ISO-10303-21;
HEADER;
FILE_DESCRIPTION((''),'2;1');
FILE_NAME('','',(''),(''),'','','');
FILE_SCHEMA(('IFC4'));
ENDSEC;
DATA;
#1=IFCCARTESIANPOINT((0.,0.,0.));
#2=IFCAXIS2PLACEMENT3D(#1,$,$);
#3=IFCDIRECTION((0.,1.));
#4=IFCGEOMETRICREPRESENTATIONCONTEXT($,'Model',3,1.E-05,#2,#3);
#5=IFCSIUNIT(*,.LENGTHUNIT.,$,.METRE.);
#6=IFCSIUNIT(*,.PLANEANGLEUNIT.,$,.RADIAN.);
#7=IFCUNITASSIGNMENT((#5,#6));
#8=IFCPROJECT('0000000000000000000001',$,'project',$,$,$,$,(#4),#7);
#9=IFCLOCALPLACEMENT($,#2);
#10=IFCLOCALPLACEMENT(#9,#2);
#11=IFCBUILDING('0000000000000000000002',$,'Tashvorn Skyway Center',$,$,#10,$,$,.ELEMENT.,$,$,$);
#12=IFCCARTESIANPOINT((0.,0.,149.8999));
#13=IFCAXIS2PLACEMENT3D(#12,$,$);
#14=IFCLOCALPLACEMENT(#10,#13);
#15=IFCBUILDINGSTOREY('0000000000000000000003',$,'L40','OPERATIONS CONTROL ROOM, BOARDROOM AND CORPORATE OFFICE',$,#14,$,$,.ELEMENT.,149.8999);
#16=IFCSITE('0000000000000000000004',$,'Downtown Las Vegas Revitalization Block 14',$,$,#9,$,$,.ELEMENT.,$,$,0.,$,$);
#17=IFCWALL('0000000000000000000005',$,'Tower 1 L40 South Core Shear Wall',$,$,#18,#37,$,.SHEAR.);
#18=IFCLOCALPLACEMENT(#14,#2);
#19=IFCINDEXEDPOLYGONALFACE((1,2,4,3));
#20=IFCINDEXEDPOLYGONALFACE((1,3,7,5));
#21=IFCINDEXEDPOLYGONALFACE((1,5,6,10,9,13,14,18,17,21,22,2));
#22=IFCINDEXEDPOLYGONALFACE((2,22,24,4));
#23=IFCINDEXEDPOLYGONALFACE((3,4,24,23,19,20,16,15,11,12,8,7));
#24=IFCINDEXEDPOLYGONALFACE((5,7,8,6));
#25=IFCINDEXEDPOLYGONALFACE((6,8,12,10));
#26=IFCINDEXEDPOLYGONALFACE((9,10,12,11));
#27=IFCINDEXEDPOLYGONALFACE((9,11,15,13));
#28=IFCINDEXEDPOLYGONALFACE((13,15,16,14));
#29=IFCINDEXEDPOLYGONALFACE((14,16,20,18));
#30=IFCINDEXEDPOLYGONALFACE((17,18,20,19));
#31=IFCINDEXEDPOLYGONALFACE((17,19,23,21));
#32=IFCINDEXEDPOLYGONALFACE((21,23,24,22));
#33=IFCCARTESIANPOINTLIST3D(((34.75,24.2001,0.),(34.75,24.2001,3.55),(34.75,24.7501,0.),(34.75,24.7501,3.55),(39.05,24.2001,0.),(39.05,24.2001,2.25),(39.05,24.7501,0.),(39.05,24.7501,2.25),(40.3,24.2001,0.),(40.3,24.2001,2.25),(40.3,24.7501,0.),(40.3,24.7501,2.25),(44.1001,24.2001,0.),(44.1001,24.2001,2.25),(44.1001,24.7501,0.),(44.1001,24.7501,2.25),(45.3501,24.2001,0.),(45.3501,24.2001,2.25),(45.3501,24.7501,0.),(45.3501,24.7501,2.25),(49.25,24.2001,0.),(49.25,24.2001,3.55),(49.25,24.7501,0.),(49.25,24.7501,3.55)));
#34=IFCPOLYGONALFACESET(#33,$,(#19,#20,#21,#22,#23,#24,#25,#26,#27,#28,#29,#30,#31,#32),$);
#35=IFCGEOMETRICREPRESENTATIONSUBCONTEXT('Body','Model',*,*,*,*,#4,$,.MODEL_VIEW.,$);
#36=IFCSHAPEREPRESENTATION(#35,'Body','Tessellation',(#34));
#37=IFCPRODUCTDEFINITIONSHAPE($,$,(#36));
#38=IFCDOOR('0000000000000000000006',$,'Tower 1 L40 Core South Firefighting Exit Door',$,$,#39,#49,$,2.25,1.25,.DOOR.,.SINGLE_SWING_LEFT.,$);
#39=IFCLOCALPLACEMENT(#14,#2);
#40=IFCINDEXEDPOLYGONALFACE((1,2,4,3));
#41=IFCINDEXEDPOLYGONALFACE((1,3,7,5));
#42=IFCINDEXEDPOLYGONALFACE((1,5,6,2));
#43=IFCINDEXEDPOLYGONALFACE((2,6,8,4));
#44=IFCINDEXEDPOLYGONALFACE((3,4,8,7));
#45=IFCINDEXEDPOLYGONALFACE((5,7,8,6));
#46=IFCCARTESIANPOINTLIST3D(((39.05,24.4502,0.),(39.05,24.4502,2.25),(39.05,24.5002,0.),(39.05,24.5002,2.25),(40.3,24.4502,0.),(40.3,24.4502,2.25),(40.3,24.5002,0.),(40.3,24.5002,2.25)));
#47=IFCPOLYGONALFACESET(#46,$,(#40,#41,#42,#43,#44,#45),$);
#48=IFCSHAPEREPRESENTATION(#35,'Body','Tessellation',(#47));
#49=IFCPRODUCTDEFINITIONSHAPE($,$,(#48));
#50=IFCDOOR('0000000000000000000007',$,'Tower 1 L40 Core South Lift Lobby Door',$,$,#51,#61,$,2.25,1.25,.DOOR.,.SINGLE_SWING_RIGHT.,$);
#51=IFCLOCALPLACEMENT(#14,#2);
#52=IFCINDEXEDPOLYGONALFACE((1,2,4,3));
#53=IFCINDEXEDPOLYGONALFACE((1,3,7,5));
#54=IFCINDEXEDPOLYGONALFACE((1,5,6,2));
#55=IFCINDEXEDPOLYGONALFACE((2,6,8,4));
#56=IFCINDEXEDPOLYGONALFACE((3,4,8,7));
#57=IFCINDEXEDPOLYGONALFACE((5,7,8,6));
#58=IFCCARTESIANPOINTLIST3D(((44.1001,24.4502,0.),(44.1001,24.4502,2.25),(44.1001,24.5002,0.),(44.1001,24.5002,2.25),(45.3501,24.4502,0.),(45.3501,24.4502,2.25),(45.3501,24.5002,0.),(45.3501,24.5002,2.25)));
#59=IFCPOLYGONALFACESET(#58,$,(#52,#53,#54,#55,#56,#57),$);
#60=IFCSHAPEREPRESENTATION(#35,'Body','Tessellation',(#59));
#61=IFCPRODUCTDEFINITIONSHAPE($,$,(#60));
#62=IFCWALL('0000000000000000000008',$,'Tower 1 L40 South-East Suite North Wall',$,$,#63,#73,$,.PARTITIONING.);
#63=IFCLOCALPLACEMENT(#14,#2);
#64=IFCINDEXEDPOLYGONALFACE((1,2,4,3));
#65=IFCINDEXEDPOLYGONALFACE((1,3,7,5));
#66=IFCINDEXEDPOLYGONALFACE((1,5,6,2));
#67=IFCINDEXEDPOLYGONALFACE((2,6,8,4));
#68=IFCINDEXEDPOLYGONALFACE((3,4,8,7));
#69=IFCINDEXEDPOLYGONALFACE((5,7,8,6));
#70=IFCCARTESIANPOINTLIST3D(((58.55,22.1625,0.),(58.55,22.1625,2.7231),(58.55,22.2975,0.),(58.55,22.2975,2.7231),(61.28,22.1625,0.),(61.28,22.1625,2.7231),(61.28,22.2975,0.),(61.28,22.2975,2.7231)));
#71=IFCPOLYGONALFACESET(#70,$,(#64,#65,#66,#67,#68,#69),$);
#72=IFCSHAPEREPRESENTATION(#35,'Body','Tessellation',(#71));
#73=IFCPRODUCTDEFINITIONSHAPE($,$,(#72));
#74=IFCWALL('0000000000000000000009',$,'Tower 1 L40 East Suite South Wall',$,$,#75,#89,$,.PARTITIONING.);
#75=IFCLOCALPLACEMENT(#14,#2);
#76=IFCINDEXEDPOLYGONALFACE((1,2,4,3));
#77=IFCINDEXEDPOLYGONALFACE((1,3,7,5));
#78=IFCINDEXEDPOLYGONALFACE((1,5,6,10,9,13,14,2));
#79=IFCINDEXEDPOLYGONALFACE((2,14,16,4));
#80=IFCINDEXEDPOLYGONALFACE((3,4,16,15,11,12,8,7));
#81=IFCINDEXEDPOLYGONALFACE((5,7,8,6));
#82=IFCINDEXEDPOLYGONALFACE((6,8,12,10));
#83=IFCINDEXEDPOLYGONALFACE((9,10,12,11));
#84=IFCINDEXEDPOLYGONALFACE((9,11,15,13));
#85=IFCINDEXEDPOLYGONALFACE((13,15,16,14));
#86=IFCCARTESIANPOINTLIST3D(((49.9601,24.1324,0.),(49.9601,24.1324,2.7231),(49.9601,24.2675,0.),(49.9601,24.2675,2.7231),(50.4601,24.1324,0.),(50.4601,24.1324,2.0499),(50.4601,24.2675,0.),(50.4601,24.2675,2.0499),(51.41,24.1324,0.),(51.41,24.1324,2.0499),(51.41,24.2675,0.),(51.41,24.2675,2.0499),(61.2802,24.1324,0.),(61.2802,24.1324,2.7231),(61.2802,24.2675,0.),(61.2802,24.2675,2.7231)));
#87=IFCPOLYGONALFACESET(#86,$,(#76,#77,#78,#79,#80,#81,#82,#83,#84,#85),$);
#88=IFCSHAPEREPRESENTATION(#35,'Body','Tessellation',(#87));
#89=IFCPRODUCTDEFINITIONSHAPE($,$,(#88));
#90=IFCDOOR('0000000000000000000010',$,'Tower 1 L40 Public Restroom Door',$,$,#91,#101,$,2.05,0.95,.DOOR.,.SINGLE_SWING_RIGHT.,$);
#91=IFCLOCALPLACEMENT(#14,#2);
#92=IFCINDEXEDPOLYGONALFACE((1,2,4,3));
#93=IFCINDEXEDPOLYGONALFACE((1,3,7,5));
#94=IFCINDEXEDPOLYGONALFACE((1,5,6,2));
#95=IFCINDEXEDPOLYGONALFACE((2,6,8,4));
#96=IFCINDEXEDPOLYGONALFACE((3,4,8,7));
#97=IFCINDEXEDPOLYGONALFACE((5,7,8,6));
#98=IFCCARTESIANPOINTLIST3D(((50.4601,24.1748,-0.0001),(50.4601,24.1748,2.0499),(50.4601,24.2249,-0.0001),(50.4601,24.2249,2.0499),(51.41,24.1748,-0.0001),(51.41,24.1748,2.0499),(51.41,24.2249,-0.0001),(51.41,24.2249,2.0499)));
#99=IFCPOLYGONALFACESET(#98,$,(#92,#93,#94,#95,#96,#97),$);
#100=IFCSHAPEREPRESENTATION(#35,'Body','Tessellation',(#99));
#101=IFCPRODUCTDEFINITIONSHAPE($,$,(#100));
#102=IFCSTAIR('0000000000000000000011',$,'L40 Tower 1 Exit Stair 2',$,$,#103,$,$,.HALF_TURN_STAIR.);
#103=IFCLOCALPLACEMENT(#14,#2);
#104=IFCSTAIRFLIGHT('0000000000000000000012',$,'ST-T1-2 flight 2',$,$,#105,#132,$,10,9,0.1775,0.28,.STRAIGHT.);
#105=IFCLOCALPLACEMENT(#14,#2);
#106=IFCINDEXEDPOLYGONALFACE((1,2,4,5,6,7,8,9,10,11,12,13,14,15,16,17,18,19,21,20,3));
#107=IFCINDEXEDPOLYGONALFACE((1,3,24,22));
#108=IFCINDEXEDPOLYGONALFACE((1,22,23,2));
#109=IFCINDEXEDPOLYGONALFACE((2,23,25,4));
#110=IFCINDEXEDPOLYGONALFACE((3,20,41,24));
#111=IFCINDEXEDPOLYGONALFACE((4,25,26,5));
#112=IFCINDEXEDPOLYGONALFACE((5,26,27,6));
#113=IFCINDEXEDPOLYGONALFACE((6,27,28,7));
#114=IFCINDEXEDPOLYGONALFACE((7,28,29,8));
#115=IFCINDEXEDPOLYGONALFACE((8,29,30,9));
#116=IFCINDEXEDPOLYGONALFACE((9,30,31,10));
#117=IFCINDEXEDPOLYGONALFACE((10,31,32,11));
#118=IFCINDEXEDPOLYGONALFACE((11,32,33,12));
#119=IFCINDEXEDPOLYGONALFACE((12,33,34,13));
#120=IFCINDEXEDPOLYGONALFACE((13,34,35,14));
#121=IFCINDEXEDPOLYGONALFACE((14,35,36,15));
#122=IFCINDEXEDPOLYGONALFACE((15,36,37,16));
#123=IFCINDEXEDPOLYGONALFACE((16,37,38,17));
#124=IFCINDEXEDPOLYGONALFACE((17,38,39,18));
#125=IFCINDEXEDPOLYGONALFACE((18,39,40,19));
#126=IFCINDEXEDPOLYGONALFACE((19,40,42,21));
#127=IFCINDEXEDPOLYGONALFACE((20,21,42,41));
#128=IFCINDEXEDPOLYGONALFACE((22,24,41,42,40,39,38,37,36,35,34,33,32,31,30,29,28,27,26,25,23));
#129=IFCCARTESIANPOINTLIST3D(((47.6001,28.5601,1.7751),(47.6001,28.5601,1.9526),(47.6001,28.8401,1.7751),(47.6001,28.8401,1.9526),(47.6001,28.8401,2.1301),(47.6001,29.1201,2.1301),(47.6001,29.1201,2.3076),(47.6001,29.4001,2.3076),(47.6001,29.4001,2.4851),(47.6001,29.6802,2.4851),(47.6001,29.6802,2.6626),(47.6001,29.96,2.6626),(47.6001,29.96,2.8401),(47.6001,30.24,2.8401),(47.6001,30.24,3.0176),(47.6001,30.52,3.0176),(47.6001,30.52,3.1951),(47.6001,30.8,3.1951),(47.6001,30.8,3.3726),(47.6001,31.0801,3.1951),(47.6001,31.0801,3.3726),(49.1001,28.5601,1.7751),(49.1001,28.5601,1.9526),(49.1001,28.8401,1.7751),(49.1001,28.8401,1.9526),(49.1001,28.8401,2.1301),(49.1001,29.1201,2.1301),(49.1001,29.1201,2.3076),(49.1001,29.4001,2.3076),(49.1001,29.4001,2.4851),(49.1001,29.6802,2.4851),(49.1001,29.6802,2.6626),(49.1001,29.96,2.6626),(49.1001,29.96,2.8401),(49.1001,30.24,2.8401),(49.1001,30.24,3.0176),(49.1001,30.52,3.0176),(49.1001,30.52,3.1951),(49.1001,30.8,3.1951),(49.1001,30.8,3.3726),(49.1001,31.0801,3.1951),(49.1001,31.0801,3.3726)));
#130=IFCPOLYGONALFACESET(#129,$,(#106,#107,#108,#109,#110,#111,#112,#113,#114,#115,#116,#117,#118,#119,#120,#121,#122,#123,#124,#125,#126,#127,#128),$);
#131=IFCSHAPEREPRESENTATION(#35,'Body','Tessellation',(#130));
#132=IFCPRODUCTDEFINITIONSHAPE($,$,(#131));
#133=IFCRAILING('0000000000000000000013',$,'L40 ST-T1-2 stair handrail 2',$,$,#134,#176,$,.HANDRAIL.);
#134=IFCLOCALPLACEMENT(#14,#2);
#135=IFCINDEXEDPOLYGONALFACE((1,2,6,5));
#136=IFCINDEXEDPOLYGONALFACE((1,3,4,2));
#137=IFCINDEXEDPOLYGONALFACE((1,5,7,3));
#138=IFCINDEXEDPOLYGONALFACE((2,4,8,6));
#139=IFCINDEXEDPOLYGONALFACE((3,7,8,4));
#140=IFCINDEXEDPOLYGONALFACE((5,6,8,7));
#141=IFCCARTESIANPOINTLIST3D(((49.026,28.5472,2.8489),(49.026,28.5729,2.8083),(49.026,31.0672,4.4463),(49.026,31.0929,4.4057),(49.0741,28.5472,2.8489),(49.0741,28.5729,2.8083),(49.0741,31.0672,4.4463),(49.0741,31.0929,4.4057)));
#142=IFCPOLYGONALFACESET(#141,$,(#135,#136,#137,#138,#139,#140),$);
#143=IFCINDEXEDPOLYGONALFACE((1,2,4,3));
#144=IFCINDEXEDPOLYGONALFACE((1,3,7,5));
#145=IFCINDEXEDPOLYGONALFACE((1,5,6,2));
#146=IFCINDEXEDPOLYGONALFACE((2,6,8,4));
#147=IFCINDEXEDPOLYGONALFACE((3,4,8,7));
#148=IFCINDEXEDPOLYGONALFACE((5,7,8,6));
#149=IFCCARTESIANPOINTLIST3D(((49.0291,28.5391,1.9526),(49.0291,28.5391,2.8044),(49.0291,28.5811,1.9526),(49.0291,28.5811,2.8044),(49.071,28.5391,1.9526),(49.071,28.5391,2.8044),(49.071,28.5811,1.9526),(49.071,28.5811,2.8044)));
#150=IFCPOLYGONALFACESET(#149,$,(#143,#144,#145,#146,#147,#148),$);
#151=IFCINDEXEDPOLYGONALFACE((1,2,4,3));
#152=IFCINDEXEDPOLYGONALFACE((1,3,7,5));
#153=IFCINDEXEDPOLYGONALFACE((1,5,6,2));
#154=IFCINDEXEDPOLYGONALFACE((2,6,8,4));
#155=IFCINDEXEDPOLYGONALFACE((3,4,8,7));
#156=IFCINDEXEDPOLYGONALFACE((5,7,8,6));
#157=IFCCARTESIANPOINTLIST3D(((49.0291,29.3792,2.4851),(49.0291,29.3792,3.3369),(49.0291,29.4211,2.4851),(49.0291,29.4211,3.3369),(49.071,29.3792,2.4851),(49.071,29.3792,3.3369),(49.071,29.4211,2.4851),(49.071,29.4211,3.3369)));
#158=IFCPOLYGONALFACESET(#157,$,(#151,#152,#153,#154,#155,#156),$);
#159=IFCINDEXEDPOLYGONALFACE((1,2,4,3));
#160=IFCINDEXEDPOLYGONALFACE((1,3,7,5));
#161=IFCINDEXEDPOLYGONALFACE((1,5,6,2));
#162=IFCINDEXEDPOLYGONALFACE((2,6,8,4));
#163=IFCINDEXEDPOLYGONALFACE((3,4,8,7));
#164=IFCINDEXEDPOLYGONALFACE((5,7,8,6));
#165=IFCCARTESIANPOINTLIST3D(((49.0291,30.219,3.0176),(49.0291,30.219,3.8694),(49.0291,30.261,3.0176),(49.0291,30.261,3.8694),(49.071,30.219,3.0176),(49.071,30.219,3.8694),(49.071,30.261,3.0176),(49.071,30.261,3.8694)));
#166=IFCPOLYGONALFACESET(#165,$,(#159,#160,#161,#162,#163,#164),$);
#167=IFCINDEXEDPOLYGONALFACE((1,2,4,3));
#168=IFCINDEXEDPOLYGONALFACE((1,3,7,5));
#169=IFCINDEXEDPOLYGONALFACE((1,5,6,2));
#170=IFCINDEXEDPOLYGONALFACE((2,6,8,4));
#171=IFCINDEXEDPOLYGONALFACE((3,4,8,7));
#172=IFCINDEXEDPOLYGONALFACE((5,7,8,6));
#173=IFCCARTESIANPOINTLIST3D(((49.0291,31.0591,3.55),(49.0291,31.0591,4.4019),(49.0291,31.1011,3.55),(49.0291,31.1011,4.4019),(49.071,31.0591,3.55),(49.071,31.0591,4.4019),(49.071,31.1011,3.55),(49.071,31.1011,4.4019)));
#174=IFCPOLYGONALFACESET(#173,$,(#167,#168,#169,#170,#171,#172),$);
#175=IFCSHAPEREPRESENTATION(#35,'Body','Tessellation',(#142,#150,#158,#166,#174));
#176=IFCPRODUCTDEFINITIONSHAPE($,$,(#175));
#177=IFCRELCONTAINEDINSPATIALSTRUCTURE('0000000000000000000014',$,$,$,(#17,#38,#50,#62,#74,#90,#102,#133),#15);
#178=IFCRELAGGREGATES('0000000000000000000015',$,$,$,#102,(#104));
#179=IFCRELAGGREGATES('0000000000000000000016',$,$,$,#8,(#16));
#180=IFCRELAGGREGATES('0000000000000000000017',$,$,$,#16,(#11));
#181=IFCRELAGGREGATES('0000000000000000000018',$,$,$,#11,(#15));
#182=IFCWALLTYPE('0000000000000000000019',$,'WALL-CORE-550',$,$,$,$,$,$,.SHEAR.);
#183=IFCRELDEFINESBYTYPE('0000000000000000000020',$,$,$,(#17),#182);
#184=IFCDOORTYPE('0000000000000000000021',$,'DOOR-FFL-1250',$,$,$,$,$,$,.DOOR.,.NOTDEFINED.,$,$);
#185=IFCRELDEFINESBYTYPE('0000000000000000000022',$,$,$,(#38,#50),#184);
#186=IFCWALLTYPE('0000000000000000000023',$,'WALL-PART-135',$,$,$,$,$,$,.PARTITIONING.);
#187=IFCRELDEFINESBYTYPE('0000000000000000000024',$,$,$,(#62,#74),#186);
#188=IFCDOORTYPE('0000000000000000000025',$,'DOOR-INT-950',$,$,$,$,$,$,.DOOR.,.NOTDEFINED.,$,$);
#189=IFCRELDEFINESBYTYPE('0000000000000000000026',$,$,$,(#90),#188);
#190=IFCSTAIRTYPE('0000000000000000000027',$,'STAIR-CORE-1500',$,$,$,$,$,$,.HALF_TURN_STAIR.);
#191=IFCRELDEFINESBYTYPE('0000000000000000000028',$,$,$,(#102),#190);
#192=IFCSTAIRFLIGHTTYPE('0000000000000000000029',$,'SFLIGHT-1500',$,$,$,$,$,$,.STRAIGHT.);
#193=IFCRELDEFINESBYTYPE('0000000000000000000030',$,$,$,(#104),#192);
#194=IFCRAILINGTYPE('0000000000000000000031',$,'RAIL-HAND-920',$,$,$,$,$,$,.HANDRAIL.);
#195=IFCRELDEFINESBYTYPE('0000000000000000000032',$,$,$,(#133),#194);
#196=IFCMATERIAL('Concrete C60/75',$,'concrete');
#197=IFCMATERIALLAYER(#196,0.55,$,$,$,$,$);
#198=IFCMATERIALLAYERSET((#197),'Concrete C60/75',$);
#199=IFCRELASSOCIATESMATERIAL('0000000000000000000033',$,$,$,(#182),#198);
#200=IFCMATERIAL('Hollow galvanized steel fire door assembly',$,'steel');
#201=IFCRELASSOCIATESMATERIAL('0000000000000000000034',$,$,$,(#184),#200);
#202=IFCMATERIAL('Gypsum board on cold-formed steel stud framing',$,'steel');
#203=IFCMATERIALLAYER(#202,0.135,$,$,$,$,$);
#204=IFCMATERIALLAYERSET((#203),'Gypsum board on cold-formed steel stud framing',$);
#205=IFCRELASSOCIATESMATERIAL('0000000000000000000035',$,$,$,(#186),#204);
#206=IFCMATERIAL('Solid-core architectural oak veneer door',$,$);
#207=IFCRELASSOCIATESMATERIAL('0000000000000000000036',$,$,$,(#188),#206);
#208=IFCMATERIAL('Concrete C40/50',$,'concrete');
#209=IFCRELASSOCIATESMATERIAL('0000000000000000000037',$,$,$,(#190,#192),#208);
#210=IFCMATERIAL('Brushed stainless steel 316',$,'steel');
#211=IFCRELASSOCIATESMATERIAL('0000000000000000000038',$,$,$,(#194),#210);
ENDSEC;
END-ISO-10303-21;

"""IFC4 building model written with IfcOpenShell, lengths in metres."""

from ifc_helpers import new_model, si_unit, direction, frame, frame_2d, origin, origin_2d, place, context, subcontext, project, spatial, polyline, rectangle, outline, extrude, material, layer, layer_set, type_object, element, fill, aggregate, save


model = new_model("IFC4")

# Units and contexts
model_context = context("Model", 3, precision=1e-05, world=origin(), true_north=direction((0.0, 1.0)))
body_context = subcontext(model_context, "Body", "Model", "MODEL_VIEW")
ifc_project = project(units=[si_unit("LENGTHUNIT", "METRE"), si_unit("PLANEANGLEUNIT", "RADIAN")], contexts=[model_context])

# Site, building, storey
site_placement = place(None, origin())
site = spatial("IfcSite", under=ifc_project, at=site_placement, Name="Downtown Las Vegas Revitalization Block 14", CompositionType="ELEMENT", RefElevation=0.0)
building_placement = place(site_placement, origin())
building = spatial("IfcBuilding", under=site, at=building_placement, Name="Tashvorn Skyway Center", CompositionType="ELEMENT")
storey_placement = place(building_placement, frame((0.0, 0.0, 149.8999)))
storey = spatial("IfcBuildingStorey", under=building, at=storey_placement, Name="L40", Description="OPERATIONS CONTROL ROOM, BOARDROOM AND CORPORATE OFFICE", CompositionType="ELEMENT", Elevation=149.8999)

# Wall, openings, doors
ifc_material_1 = material(Name="Concrete C60/75", Category="concrete")
ifc_layer_1 = layer(ifc_material_1, 0.55)
ifc_layer_set_1 = layer_set([ifc_layer_1], Name="Concrete C60/75")
wall_type_1 = type_object("IfcWallType", Name="WALL-CORE-550", PredefinedType="SHEAR", material=ifc_layer_set_1)
wall_1_placement = place(storey_placement, frame((49.25, 24.4751, 0.0), z_axis=(0.0, 0.0, 1.0), x_axis=(-1.0, 0.0, 0.0)))
wall_1 = element("IfcWall", 1, at=wall_1_placement, inside=storey, type_object=wall_type_1, Name="Tower 1 L40 South Core Shear Wall", PredefinedType="SHEAR", context=body_context, shape_type="SweptSolid", body=[
    extrude(rectangle(XDim=14.5, YDim=0.55, at=frame_2d((7.25, 0.0))), origin(), (0.0, 0.0, 1.0), 3.55),
])
opening_1_placement = place(wall_1_placement, frame((8.95, 0.0, 0.0)))
opening_1 = element("IfcOpeningElement", 2, at=opening_1_placement, cuts=wall_1, PredefinedType="OPENING", context=body_context, shape_type="SweptSolid", body=[
    extrude(rectangle(XDim=1.25, YDim=2.25, at=frame_2d((0.625, 1.125))), frame((0.0, 0.2849, 0.0), z_axis=(0.0, -1.0, 0.0), x_axis=(1.0, 0.0, 0.0)), (0.0, 0.0, 1.0), 0.5701),
])
opening_2_placement = place(wall_1_placement, frame((3.8999, 0.0, 0.0)))
opening_2 = element("IfcOpeningElement", 3, at=opening_2_placement, cuts=wall_1, PredefinedType="OPENING", context=body_context, shape_type="SweptSolid", body=[
    extrude(rectangle(XDim=1.25, YDim=2.25, at=frame_2d((0.625, 1.125))), frame((0.0, 0.2849, 0.0), z_axis=(0.0, -1.0, 0.0), x_axis=(1.0, 0.0, 0.0)), (0.0, 0.0, 1.0), 0.5701),
])
ifc_material_2 = material(Name="Hollow galvanized steel fire door assembly", Category="steel")
door_type_1 = type_object("IfcDoorType", Name="DOOR-FFL-1250", OperationType="NOTDEFINED", PredefinedType="DOOR", material=ifc_material_2)
door_1_placement = place(opening_1_placement, origin())
door_1 = element("IfcDoor", 4, at=door_1_placement, inside=storey, type_object=door_type_1, Name="Tower 1 L40 Core South Firefighting Exit Door", OperationType="SINGLE_SWING_LEFT", OverallHeight=2.25, OverallWidth=1.25, PredefinedType="DOOR", context=body_context, shape_type="SweptSolid", body=[
    extrude(rectangle(XDim=1.25, YDim=2.25, at=frame_2d((0.625, 1.125))), frame((0.0, 0.0249, 0.0), z_axis=(0.0, -1.0, 0.0), x_axis=(1.0, 0.0, 0.0)), (0.0, 0.0, 1.0), 0.05),
])
fill(opening_1, door_1)
door_2_placement = place(opening_2_placement, origin())
door_2 = element("IfcDoor", 5, at=door_2_placement, inside=storey, type_object=door_type_1, Name="Tower 1 L40 Core South Lift Lobby Door", OperationType="SINGLE_SWING_RIGHT", OverallHeight=2.25, OverallWidth=1.25, PredefinedType="DOOR", context=body_context, shape_type="SweptSolid", body=[
    extrude(rectangle(XDim=1.25, YDim=2.25, at=frame_2d((0.625, 1.125))), frame((0.0, 0.0249, 0.0), z_axis=(0.0, -1.0, 0.0), x_axis=(1.0, 0.0, 0.0)), (0.0, 0.0, 1.0), 0.05),
])
fill(opening_2, door_2)

# Wall
ifc_material_3 = material(Name="Gypsum board on cold-formed steel stud framing", Category="steel")
ifc_layer_2 = layer(ifc_material_3, 0.135)
ifc_layer_set_2 = layer_set([ifc_layer_2], Name="Gypsum board on cold-formed steel stud framing")
wall_type_2 = type_object("IfcWallType", Name="WALL-PART-135", PredefinedType="PARTITIONING", material=ifc_layer_set_2)
wall_2_placement = place(storey_placement, frame((58.55, 22.23, 0.0), z_axis=(0.0, 0.0, 1.0), x_axis=(1.0, 0.0, 0.0)))
element("IfcWall", 6, at=wall_2_placement, inside=storey, type_object=wall_type_2, Name="Tower 1 L40 South-East Suite North Wall", PredefinedType="PARTITIONING", context=body_context, shape_type="SweptSolid", body=[
    extrude(rectangle(XDim=2.73, YDim=0.135, at=frame_2d((1.365, 0.0))), origin(), (0.0, 0.0, 1.0), 2.7231),
])

# Wall, opening, door
wall_3_placement = place(storey_placement, frame((49.96, 24.2, 0.0), z_axis=(0.0, 0.0, 1.0), x_axis=(1.0, 0.0, 0.0)))
wall_3 = element("IfcWall", 7, at=wall_3_placement, inside=storey, type_object=wall_type_2, Name="Tower 1 L40 East Suite South Wall", PredefinedType="PARTITIONING", context=body_context, shape_type="SweptSolid", body=[
    extrude(rectangle(XDim=11.3201, YDim=0.135, at=frame_2d((5.6602, 0.0))), origin(), (0.0, 0.0, 1.0), 2.7231),
])
opening_3_placement = place(wall_3_placement, frame((0.5, 0.0, 0.0)))
opening_3 = element("IfcOpeningElement", 8, at=opening_3_placement, cuts=wall_3, PredefinedType="OPENING", context=body_context, shape_type="SweptSolid", body=[
    extrude(rectangle(XDim=0.95, YDim=2.05, at=frame_2d((0.4751, 1.0249))), frame((0.0, 0.0774, 0.0), z_axis=(0.0, -1.0, 0.0), x_axis=(1.0, 0.0, 0.0)), (0.0, 0.0, 1.0), 0.155),
])
ifc_material_4 = material(Name="Solid-core architectural oak veneer door")
door_type_2 = type_object("IfcDoorType", Name="DOOR-INT-950", OperationType="NOTDEFINED", PredefinedType="DOOR", material=ifc_material_4)
door_3_placement = place(opening_3_placement, origin())
door_3 = element("IfcDoor", 9, at=door_3_placement, inside=storey, type_object=door_type_2, Name="Tower 1 L40 Public Restroom Door", OperationType="SINGLE_SWING_RIGHT", OverallHeight=2.05, OverallWidth=0.95, PredefinedType="DOOR", context=body_context, shape_type="SweptSolid", body=[
    extrude(rectangle(XDim=0.95, YDim=2.05, at=frame_2d((0.4751, 1.0249))), frame((0.0, 0.0249, 0.0), z_axis=(0.0, -1.0, 0.0), x_axis=(1.0, 0.0, 0.0)), (0.0, 0.0, 1.0), 0.05),
])
fill(opening_3, door_3)

# Stair, stair flight
ifc_material_5 = material(Name="Concrete C40/50", Category="concrete")
stair_type = type_object("IfcStairType", Name="STAIR-CORE-1500", PredefinedType="HALF_TURN_STAIR", material=ifc_material_5)
stair_placement = place(storey_placement, origin())
stair = element("IfcStair", 10, at=stair_placement, inside=storey, type_object=stair_type, Name="L40 Tower 1 Exit Stair 2", PredefinedType="HALF_TURN_STAIR")
stair_flight_type = type_object("IfcStairFlightType", Name="SFLIGHT-1500", PredefinedType="STRAIGHT", material=ifc_material_5)
stair_flight_placement = place(storey_placement, frame((48.3501, 28.5601, 1.7751), z_axis=(0.0, 0.0, 1.0), x_axis=(0.0, 1.0, 0.0)))
stair_flight = element("IfcStairFlight", 11, at=stair_flight_placement, type_object=stair_flight_type, Name="ST-T1-2 flight 2", NumberOfRisers=10, NumberOfTreads=9, PredefinedType="STRAIGHT", RiserHeight=0.1775, TreadLength=0.28, context=body_context, shape_type="SweptSolid", body=[
    extrude(outline(polyline([(0.0, 0.0), (0.0, 0.1775), (0.28, 0.1775), (0.28, 0.355), (0.5601, 0.355), (0.5601, 0.5325), (0.8401, 0.5325), (0.8401, 0.71), (1.1201, 0.71), (1.1201, 0.8875), (1.3999, 0.8875), (1.3999, 1.0649), (1.6799, 1.0649), (1.6799, 1.2424), (1.96, 1.2424), (1.96, 1.4199), (2.24, 1.4199), (2.24, 1.5974), (2.52, 1.5974), (2.52, 1.7749), (2.52, 1.4199), (0.28, 0.0), (0.0, 0.0)])), frame((0.0, 0.75, 0.0), z_axis=(0.0, -1.0, 0.0), x_axis=(1.0, 0.0, 0.0)), (0.0, 0.0, 1.0), 1.5),
])
aggregate(stair, [stair_flight])

# Railing
ifc_material_6 = material(Name="Brushed stainless steel 316", Category="steel")
railing_type_1 = type_object("IfcRailingType", Name="RAIL-HAND-920", PredefinedType="HANDRAIL", material=ifc_material_6)
railing_1_placement = place(storey_placement, frame((49.05, 28.5601, 1.9526)))
element("IfcRailing", 12, at=railing_1_placement, inside=storey, type_object=railing_type_1, Name="L40 ST-T1-2 stair handrail 2", PredefinedType="HANDRAIL", context=body_context, shape_type="SweptSolid", body=[
    extrude(rectangle(XDim=0.0481, YDim=0.0481, at=origin_2d()), frame((0.0, 0.0, 0.876), z_axis=(0.0, 0.844607, 0.535387), x_axis=(-1.0, 0.0, 0.0)), (0.0, 0.0, 1.0), 2.9836),
    extrude(rectangle(XDim=0.042, YDim=0.042, at=origin_2d()), origin(), (0.0, 0.0, 1.0), 0.8518),
    extrude(rectangle(XDim=0.042, YDim=0.042, at=origin_2d()), frame((0.0, 0.8401, 0.5325)), (0.0, 0.0, 1.0), 0.8518),
    extrude(rectangle(XDim=0.042, YDim=0.042, at=origin_2d()), frame((0.0, 1.6799, 1.0649)), (0.0, 0.0, 1.0), 0.8518),
    extrude(rectangle(XDim=0.042, YDim=0.042, at=origin_2d()), frame((0.0, 2.52, 1.5974)), (0.0, 0.0, 1.0), 0.8518),
])

save(model, "model.ifc")
